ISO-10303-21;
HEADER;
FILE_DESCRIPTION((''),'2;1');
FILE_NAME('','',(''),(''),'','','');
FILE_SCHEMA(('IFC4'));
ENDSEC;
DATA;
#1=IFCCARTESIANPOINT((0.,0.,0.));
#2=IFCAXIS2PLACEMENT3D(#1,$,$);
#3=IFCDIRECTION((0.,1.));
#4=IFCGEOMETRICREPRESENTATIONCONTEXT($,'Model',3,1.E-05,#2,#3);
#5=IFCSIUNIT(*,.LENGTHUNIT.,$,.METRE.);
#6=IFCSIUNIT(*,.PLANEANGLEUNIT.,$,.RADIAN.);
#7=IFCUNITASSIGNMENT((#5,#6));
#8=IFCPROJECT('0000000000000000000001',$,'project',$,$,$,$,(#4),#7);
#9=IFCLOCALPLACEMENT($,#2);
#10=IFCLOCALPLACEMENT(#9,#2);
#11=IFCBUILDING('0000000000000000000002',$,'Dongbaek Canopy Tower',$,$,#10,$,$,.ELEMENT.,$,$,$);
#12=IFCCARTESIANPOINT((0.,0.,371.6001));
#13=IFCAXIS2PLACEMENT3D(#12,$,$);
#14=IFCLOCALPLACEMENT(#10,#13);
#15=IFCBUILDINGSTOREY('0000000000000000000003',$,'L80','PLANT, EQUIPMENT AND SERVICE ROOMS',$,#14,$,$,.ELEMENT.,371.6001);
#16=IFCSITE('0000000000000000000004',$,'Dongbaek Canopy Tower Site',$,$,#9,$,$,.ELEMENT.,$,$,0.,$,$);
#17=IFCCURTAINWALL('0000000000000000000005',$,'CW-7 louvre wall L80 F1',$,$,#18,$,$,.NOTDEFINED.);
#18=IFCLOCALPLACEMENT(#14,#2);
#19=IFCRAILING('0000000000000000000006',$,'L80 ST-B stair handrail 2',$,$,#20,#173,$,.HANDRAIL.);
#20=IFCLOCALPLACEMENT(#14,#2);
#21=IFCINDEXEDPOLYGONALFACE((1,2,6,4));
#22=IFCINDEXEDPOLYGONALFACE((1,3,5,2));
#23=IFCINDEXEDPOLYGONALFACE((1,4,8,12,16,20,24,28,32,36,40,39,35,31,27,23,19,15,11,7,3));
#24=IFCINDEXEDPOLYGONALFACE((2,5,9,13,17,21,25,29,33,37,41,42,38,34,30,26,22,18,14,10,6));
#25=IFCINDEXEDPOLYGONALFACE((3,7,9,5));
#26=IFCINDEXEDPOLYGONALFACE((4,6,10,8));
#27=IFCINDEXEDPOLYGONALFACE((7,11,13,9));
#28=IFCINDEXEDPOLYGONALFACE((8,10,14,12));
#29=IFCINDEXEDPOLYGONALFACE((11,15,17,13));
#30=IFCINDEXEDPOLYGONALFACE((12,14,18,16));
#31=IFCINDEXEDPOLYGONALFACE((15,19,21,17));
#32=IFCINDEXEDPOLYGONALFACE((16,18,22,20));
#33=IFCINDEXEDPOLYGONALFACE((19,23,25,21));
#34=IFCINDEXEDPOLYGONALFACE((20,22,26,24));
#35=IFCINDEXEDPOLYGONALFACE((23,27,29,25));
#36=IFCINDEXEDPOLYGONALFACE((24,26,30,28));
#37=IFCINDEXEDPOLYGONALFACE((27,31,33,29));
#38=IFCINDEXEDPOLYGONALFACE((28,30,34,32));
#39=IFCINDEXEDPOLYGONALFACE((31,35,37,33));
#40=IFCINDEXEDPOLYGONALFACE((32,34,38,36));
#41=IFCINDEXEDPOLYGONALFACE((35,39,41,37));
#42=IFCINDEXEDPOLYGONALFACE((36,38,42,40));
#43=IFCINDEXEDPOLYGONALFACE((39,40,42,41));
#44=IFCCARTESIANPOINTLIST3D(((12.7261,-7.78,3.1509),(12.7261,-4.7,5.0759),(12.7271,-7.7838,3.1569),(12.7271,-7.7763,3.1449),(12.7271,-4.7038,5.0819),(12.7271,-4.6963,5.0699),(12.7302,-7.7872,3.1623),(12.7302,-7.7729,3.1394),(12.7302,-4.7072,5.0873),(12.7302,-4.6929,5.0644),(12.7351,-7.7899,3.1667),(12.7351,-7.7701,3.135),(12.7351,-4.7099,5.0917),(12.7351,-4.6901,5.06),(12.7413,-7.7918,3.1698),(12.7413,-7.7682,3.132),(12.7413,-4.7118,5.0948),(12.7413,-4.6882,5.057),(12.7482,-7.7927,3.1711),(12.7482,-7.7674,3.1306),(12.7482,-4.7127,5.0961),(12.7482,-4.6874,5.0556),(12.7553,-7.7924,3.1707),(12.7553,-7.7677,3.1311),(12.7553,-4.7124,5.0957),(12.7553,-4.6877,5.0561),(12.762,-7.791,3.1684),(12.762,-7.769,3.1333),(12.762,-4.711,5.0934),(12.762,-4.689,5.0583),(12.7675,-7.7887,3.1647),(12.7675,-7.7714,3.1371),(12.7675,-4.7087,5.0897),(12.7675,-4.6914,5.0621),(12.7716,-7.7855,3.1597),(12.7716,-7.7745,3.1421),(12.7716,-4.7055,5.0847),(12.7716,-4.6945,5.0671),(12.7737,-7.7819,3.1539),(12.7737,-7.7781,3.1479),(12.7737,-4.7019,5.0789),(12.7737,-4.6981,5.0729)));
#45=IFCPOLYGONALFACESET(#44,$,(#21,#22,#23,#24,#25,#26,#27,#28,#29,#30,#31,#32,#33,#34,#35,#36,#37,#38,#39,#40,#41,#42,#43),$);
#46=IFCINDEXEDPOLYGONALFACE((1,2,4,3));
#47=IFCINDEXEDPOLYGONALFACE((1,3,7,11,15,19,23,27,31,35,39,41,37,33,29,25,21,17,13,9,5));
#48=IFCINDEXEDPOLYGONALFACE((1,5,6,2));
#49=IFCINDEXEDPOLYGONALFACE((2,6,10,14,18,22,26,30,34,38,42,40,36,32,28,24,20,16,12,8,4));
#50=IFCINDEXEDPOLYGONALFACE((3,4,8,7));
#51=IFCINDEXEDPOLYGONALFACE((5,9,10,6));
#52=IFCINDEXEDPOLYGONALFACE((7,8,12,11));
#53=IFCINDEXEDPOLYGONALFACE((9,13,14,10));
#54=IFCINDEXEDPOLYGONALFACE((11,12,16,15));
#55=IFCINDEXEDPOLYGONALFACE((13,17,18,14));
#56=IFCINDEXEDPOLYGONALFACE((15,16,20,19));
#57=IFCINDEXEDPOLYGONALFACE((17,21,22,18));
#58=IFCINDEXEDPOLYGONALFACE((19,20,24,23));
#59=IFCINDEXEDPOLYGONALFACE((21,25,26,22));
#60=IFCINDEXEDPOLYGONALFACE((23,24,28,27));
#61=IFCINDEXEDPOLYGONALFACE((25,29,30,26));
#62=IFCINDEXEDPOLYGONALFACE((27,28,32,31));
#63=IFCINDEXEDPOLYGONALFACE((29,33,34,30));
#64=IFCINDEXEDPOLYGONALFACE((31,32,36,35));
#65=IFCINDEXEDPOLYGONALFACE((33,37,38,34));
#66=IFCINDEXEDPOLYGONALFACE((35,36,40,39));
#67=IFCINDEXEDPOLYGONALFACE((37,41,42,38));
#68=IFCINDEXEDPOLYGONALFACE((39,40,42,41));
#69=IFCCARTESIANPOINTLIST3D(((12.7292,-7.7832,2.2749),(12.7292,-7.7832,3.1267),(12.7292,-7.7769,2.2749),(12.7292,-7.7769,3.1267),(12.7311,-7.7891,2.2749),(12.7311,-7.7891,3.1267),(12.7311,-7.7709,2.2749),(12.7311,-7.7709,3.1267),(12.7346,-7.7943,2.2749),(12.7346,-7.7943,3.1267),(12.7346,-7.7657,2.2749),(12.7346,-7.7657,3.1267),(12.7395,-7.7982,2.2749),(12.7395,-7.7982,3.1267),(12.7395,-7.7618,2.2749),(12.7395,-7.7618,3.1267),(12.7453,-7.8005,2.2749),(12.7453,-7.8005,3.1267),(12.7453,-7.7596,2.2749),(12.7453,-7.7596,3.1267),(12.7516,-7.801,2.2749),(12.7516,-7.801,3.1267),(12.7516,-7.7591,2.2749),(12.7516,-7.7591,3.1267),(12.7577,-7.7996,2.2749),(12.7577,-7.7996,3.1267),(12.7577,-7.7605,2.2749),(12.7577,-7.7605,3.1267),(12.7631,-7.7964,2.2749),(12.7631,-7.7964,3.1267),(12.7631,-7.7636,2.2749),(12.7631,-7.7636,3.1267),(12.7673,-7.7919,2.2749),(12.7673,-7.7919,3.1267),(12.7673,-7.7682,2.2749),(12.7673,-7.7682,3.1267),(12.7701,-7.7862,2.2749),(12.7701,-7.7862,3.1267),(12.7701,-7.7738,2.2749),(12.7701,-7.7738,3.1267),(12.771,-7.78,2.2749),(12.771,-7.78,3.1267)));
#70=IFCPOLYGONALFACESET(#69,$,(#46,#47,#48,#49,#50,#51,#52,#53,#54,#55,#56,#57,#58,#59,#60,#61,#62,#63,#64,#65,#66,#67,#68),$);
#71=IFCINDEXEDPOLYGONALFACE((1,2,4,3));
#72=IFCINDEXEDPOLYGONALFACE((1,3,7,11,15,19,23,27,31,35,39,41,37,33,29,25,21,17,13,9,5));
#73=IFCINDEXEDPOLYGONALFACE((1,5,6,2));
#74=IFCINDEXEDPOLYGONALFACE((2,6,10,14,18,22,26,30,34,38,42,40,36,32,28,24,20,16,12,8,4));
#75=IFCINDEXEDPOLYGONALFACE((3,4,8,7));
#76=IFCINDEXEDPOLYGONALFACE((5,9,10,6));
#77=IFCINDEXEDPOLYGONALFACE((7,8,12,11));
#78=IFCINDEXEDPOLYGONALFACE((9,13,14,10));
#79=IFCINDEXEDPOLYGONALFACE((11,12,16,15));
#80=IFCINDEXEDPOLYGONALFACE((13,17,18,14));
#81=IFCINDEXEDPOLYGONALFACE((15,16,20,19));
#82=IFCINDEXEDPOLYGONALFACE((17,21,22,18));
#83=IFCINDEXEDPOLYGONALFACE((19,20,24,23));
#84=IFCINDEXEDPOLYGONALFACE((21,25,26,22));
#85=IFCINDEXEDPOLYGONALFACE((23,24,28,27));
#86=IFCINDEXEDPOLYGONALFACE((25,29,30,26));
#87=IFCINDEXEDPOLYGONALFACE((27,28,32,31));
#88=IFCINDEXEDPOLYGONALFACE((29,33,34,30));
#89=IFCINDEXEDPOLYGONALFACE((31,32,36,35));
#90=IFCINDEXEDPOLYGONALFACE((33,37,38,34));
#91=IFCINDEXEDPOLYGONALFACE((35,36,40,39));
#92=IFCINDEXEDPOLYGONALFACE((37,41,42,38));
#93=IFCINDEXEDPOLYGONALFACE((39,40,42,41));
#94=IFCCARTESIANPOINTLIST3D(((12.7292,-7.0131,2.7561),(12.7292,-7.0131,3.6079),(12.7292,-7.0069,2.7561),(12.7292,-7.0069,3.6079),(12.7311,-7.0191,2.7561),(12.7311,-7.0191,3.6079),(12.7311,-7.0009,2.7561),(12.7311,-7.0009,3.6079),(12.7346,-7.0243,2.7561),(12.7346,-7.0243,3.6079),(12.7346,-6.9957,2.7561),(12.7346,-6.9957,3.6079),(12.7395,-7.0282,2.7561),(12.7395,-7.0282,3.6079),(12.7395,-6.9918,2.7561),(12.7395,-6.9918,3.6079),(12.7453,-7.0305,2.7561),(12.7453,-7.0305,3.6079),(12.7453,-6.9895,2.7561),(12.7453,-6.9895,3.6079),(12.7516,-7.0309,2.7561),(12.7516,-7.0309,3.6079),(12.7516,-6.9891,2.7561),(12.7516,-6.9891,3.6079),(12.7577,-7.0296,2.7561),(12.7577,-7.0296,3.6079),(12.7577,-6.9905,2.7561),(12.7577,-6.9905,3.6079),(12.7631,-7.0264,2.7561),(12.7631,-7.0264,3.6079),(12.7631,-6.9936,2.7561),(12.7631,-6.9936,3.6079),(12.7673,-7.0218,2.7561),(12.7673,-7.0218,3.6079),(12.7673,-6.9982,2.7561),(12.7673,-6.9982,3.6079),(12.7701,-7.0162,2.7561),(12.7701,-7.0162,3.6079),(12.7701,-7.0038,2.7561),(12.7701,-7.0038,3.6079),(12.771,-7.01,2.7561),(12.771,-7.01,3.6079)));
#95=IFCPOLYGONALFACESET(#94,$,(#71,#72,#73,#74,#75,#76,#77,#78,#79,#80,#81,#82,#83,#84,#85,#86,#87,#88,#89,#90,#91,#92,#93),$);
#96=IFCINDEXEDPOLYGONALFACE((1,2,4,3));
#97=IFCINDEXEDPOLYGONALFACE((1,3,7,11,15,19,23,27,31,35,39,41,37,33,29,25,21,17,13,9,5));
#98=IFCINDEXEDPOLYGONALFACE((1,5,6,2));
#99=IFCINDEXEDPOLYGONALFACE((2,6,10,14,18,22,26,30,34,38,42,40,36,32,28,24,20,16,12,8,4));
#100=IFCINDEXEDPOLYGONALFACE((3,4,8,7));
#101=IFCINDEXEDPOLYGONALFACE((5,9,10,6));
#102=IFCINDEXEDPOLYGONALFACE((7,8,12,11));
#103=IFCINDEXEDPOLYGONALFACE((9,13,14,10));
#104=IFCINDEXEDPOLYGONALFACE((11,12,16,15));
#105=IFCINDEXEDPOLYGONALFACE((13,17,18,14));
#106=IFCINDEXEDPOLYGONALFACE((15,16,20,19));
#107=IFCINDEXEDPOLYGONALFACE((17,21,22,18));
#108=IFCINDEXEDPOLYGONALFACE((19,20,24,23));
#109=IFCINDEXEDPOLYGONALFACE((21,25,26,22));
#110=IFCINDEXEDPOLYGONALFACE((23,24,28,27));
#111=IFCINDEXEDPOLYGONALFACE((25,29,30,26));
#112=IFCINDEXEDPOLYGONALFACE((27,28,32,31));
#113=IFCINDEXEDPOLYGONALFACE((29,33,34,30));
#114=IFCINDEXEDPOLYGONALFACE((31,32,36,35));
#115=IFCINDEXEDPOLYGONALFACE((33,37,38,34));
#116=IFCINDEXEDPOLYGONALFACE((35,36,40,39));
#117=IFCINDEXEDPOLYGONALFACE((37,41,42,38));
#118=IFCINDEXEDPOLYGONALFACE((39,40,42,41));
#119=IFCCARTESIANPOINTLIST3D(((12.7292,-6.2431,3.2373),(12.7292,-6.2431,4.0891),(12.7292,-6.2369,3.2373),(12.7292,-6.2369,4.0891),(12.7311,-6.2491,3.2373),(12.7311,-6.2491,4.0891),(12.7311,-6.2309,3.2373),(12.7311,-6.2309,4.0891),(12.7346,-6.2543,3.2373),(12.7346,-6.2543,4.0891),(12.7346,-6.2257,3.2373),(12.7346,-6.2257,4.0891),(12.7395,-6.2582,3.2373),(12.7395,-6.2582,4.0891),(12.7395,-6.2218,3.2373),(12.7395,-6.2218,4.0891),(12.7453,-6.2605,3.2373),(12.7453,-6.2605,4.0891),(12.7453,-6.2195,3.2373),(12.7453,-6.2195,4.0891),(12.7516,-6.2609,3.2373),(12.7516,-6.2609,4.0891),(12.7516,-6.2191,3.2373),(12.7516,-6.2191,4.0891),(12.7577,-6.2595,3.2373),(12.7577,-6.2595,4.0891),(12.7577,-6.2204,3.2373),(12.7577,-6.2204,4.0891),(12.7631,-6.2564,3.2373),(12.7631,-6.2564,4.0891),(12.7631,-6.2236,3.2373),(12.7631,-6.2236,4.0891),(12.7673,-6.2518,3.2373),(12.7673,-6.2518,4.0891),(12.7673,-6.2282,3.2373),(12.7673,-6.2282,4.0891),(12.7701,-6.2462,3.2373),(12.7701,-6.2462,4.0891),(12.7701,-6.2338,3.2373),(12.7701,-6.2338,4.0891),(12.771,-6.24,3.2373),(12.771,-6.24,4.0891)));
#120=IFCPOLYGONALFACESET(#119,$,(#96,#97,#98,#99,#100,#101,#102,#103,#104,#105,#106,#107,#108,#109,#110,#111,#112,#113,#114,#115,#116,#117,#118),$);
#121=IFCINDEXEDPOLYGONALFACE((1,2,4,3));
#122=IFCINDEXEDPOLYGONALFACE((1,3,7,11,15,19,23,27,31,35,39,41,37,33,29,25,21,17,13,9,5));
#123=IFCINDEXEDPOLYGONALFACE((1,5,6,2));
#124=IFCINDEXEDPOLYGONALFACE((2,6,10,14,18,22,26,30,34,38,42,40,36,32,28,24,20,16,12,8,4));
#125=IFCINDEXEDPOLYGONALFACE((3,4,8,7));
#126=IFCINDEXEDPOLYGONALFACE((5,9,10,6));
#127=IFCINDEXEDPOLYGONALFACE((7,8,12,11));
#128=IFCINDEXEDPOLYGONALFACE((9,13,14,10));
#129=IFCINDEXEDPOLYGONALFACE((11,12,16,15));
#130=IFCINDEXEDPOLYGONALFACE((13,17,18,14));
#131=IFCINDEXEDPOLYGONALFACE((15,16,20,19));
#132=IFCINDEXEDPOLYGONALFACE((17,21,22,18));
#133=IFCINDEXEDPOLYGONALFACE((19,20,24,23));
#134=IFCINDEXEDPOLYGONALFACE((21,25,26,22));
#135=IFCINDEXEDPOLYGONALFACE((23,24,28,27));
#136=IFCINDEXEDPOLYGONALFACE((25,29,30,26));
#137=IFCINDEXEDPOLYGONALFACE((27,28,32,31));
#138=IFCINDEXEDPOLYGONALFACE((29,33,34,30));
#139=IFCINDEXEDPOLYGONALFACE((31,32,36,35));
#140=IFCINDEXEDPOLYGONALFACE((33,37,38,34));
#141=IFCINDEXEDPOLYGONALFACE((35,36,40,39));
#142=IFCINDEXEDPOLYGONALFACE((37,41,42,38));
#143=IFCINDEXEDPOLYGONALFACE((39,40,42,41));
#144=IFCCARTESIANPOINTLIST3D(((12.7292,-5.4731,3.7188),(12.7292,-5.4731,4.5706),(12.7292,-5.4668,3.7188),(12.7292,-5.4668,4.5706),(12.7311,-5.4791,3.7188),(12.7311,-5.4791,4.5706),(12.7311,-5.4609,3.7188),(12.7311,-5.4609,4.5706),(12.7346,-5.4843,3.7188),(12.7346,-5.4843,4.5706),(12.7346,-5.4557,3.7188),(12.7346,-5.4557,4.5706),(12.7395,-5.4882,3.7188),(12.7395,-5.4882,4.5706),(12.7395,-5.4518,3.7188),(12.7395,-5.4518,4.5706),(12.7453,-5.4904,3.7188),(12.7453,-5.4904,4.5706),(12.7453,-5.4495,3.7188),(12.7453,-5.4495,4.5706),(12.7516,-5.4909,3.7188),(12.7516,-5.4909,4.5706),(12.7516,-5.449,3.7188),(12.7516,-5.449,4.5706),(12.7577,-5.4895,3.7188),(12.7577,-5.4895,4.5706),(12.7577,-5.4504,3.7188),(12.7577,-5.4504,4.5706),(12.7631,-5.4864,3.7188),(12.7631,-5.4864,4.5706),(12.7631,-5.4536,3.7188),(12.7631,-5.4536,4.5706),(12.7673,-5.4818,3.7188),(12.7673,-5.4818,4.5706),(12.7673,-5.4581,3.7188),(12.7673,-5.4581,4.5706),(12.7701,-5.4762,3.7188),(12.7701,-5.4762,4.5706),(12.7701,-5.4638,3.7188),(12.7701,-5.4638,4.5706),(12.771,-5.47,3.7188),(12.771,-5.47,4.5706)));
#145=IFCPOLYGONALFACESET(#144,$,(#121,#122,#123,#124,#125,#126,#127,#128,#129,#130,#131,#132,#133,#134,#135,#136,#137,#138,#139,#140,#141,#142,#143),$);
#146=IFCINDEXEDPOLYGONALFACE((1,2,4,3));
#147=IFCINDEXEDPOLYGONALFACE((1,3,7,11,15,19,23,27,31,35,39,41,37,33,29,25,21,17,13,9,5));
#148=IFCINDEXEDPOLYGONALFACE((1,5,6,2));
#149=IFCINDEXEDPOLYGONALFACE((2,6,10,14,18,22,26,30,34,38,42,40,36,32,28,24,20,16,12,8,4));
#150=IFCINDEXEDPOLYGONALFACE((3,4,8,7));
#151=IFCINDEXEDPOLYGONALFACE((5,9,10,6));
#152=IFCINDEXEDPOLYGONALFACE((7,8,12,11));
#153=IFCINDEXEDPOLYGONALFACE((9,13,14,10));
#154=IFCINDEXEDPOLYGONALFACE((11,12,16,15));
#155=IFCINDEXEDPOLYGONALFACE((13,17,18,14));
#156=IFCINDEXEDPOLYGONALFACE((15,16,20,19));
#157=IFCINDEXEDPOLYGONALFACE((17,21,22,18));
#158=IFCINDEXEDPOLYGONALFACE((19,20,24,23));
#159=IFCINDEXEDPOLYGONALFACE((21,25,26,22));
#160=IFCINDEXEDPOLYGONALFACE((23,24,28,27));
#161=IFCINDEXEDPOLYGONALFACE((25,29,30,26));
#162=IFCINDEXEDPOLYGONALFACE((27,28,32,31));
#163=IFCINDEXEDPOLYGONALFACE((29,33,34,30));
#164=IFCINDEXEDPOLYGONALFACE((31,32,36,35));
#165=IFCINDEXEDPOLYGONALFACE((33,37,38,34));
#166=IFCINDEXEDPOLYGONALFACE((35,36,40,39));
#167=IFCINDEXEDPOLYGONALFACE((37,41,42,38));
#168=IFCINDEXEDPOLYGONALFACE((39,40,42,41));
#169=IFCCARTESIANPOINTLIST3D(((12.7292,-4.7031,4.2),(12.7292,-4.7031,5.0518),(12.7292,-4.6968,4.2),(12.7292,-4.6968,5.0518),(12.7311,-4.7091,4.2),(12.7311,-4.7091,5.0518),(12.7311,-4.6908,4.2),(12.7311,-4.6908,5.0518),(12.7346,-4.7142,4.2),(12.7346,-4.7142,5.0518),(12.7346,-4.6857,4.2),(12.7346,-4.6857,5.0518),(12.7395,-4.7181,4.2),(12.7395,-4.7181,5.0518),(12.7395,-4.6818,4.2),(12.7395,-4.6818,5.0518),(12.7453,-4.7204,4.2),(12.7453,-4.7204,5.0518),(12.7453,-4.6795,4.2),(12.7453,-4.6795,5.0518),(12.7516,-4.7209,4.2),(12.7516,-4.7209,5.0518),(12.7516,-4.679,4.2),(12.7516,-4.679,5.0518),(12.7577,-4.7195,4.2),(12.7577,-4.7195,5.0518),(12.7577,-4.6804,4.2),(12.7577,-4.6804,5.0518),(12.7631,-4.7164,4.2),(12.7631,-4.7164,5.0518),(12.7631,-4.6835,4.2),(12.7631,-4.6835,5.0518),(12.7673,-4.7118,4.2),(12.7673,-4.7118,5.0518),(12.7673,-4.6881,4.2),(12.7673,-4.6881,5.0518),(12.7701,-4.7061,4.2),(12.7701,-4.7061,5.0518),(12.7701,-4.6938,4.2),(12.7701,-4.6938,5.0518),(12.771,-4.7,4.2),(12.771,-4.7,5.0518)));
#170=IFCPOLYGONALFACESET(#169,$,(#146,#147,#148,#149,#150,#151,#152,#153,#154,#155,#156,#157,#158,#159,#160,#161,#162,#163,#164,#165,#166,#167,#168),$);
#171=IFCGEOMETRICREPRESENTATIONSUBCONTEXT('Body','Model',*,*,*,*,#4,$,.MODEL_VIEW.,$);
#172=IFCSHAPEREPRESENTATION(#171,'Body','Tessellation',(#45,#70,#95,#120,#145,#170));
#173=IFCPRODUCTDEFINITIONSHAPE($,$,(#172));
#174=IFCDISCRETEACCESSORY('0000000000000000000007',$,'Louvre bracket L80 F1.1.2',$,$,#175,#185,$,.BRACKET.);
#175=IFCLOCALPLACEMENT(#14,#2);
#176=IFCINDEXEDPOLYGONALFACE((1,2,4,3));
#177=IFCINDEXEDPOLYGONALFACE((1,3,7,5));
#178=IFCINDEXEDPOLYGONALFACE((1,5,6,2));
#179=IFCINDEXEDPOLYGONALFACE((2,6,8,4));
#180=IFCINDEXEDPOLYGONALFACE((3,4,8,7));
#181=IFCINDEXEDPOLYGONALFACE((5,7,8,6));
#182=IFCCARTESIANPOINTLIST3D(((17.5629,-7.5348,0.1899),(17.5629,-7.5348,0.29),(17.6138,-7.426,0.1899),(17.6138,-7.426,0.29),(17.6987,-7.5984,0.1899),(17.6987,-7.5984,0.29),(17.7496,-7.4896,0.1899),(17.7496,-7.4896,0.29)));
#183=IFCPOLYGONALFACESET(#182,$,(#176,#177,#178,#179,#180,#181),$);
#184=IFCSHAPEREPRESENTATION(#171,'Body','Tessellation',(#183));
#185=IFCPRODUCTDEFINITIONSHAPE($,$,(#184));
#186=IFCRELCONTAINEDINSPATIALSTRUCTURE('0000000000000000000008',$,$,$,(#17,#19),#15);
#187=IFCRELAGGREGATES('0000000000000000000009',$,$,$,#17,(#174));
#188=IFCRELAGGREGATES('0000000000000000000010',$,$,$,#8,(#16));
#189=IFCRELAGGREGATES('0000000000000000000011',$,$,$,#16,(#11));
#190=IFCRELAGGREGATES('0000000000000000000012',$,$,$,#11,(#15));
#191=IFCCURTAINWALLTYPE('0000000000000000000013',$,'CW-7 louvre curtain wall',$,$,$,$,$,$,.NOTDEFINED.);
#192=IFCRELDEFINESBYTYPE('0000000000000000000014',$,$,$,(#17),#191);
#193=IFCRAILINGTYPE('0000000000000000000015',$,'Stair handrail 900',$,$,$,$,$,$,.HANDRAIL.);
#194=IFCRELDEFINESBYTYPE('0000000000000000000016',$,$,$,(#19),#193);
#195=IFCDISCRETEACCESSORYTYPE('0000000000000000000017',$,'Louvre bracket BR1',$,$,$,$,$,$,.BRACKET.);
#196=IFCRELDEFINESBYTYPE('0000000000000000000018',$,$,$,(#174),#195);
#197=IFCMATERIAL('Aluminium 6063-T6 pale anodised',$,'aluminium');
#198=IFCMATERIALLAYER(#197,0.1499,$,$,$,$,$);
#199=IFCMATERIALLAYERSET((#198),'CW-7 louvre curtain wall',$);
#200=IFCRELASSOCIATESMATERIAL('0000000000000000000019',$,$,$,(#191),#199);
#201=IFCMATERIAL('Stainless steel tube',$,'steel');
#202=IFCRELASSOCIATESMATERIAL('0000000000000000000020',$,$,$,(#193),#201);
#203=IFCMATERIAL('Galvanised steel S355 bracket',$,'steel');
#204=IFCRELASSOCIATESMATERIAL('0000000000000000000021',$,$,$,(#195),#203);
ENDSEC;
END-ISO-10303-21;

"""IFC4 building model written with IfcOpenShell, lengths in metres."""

from ifc_helpers import new_model, si_unit, direction, frame, origin, origin_2d, place, context, subcontext, project, spatial, rectangle, circle, extrude, material, layer, layer_set, type_object, element, aggregate, save


model = new_model("IFC4")

# Units and contexts
model_context = context("Model", 3, precision=1e-05, world=origin(), true_north=direction((0.0, 1.0)))
body_context = subcontext(model_context, "Body", "Model", "MODEL_VIEW")
ifc_project = project(units=[si_unit("LENGTHUNIT", "METRE"), si_unit("PLANEANGLEUNIT", "RADIAN")], contexts=[model_context])

# Site, building, storey
site_placement = place(None, origin())
site = spatial("IfcSite", under=ifc_project, at=site_placement, Name="Dongbaek Canopy Tower Site", CompositionType="ELEMENT", RefElevation=0.0)
building_placement = place(site_placement, origin())
building = spatial("IfcBuilding", under=site, at=building_placement, Name="Dongbaek Canopy Tower", CompositionType="ELEMENT")
storey_placement = place(building_placement, frame((0.0, 0.0, 371.6001)))
storey = spatial("IfcBuildingStorey", under=building, at=storey_placement, Name="L80", Description="PLANT, EQUIPMENT AND SERVICE ROOMS", CompositionType="ELEMENT", Elevation=371.6001)

# Curtain wall
ifc_material_1 = material(Name="Aluminium 6063-T6 pale anodised", Category="aluminium")
ifc_layer_1 = layer(ifc_material_1, 0.1499)
ifc_layer_set_1 = layer_set([ifc_layer_1], Name="CW-7 louvre curtain wall")
curtain_wall_type = type_object("IfcCurtainWallType", Name="CW-7 louvre curtain wall", PredefinedType="NOTDEFINED", material=ifc_layer_set_1)
curtain_wall_placement = place(storey_placement, origin())
curtain_wall = element("IfcCurtainWall", 1, at=curtain_wall_placement, inside=storey, type_object=curtain_wall_type, Name="CW-7 louvre wall L80 F1", PredefinedType="NOTDEFINED")

# Railing
ifc_material_2 = material(Name="Stainless steel tube", Category="steel")
railing_type_1 = type_object("IfcRailingType", Name="Stair handrail 900", PredefinedType="HANDRAIL", material=ifc_material_2)
railing_1_placement = place(storey_placement, frame((12.75, -7.78, 2.2749)))
element("IfcRailing", 2, at=railing_1_placement, inside=storey, type_object=railing_type_1, Name="L80 ST-B stair handrail 2", PredefinedType="HANDRAIL", context=body_context, shape_type="SweptSolid", body=[
    extrude(circle(Radius=0.0239, at=origin_2d()), frame((0.0, 0.0, 0.876), z_axis=(0.0, 0.847998, 0.529999), x_axis=(-1.0, 0.0, 0.0)), (0.0, 0.0, 1.0), 3.6321),
    extrude(circle(Radius=0.021, at=origin_2d()), origin(), (0.0, 0.0, 1.0), 0.8518),
    extrude(circle(Radius=0.021, at=origin_2d()), frame((0.0, 0.77, 0.4812)), (0.0, 0.0, 1.0), 0.8518),
    extrude(circle(Radius=0.021, at=origin_2d()), frame((0.0, 1.54, 0.9624)), (0.0, 0.0, 1.0), 0.8518),
    extrude(circle(Radius=0.021, at=origin_2d()), frame((0.0, 2.3101, 1.4438)), (0.0, 0.0, 1.0), 0.8518),
    extrude(circle(Radius=0.021, at=origin_2d()), frame((0.0, 3.0801, 1.925)), (0.0, 0.0, 1.0), 0.8518),
])

# Discrete accessory
ifc_material_3 = material(Name="Galvanised steel S355 bracket", Category="steel")
discrete_accessory_type = type_object("IfcDiscreteAccessoryType", Name="Louvre bracket BR1", PredefinedType="BRACKET", material=ifc_material_3)
discrete_accessory_placement = place(storey_placement, frame((17.6562, -7.5122, 0.1899), z_axis=(0.0, 0.0, 1.0), x_axis=(0.424123, 0.905605, 0.0)))
discrete_accessory = element("IfcDiscreteAccessory", 3, at=discrete_accessory_placement, type_object=discrete_accessory_type, Name="Louvre bracket L80 F1.1.2", PredefinedType="BRACKET", context=body_context, shape_type="SweptSolid", body=[
    extrude(rectangle(XDim=0.1201, YDim=0.1499, at=origin_2d()), origin(), (0.0, 0.0, 1.0), 0.1001),
])
aggregate(curtain_wall, [discrete_accessory])

save(model, "model.ifc")
